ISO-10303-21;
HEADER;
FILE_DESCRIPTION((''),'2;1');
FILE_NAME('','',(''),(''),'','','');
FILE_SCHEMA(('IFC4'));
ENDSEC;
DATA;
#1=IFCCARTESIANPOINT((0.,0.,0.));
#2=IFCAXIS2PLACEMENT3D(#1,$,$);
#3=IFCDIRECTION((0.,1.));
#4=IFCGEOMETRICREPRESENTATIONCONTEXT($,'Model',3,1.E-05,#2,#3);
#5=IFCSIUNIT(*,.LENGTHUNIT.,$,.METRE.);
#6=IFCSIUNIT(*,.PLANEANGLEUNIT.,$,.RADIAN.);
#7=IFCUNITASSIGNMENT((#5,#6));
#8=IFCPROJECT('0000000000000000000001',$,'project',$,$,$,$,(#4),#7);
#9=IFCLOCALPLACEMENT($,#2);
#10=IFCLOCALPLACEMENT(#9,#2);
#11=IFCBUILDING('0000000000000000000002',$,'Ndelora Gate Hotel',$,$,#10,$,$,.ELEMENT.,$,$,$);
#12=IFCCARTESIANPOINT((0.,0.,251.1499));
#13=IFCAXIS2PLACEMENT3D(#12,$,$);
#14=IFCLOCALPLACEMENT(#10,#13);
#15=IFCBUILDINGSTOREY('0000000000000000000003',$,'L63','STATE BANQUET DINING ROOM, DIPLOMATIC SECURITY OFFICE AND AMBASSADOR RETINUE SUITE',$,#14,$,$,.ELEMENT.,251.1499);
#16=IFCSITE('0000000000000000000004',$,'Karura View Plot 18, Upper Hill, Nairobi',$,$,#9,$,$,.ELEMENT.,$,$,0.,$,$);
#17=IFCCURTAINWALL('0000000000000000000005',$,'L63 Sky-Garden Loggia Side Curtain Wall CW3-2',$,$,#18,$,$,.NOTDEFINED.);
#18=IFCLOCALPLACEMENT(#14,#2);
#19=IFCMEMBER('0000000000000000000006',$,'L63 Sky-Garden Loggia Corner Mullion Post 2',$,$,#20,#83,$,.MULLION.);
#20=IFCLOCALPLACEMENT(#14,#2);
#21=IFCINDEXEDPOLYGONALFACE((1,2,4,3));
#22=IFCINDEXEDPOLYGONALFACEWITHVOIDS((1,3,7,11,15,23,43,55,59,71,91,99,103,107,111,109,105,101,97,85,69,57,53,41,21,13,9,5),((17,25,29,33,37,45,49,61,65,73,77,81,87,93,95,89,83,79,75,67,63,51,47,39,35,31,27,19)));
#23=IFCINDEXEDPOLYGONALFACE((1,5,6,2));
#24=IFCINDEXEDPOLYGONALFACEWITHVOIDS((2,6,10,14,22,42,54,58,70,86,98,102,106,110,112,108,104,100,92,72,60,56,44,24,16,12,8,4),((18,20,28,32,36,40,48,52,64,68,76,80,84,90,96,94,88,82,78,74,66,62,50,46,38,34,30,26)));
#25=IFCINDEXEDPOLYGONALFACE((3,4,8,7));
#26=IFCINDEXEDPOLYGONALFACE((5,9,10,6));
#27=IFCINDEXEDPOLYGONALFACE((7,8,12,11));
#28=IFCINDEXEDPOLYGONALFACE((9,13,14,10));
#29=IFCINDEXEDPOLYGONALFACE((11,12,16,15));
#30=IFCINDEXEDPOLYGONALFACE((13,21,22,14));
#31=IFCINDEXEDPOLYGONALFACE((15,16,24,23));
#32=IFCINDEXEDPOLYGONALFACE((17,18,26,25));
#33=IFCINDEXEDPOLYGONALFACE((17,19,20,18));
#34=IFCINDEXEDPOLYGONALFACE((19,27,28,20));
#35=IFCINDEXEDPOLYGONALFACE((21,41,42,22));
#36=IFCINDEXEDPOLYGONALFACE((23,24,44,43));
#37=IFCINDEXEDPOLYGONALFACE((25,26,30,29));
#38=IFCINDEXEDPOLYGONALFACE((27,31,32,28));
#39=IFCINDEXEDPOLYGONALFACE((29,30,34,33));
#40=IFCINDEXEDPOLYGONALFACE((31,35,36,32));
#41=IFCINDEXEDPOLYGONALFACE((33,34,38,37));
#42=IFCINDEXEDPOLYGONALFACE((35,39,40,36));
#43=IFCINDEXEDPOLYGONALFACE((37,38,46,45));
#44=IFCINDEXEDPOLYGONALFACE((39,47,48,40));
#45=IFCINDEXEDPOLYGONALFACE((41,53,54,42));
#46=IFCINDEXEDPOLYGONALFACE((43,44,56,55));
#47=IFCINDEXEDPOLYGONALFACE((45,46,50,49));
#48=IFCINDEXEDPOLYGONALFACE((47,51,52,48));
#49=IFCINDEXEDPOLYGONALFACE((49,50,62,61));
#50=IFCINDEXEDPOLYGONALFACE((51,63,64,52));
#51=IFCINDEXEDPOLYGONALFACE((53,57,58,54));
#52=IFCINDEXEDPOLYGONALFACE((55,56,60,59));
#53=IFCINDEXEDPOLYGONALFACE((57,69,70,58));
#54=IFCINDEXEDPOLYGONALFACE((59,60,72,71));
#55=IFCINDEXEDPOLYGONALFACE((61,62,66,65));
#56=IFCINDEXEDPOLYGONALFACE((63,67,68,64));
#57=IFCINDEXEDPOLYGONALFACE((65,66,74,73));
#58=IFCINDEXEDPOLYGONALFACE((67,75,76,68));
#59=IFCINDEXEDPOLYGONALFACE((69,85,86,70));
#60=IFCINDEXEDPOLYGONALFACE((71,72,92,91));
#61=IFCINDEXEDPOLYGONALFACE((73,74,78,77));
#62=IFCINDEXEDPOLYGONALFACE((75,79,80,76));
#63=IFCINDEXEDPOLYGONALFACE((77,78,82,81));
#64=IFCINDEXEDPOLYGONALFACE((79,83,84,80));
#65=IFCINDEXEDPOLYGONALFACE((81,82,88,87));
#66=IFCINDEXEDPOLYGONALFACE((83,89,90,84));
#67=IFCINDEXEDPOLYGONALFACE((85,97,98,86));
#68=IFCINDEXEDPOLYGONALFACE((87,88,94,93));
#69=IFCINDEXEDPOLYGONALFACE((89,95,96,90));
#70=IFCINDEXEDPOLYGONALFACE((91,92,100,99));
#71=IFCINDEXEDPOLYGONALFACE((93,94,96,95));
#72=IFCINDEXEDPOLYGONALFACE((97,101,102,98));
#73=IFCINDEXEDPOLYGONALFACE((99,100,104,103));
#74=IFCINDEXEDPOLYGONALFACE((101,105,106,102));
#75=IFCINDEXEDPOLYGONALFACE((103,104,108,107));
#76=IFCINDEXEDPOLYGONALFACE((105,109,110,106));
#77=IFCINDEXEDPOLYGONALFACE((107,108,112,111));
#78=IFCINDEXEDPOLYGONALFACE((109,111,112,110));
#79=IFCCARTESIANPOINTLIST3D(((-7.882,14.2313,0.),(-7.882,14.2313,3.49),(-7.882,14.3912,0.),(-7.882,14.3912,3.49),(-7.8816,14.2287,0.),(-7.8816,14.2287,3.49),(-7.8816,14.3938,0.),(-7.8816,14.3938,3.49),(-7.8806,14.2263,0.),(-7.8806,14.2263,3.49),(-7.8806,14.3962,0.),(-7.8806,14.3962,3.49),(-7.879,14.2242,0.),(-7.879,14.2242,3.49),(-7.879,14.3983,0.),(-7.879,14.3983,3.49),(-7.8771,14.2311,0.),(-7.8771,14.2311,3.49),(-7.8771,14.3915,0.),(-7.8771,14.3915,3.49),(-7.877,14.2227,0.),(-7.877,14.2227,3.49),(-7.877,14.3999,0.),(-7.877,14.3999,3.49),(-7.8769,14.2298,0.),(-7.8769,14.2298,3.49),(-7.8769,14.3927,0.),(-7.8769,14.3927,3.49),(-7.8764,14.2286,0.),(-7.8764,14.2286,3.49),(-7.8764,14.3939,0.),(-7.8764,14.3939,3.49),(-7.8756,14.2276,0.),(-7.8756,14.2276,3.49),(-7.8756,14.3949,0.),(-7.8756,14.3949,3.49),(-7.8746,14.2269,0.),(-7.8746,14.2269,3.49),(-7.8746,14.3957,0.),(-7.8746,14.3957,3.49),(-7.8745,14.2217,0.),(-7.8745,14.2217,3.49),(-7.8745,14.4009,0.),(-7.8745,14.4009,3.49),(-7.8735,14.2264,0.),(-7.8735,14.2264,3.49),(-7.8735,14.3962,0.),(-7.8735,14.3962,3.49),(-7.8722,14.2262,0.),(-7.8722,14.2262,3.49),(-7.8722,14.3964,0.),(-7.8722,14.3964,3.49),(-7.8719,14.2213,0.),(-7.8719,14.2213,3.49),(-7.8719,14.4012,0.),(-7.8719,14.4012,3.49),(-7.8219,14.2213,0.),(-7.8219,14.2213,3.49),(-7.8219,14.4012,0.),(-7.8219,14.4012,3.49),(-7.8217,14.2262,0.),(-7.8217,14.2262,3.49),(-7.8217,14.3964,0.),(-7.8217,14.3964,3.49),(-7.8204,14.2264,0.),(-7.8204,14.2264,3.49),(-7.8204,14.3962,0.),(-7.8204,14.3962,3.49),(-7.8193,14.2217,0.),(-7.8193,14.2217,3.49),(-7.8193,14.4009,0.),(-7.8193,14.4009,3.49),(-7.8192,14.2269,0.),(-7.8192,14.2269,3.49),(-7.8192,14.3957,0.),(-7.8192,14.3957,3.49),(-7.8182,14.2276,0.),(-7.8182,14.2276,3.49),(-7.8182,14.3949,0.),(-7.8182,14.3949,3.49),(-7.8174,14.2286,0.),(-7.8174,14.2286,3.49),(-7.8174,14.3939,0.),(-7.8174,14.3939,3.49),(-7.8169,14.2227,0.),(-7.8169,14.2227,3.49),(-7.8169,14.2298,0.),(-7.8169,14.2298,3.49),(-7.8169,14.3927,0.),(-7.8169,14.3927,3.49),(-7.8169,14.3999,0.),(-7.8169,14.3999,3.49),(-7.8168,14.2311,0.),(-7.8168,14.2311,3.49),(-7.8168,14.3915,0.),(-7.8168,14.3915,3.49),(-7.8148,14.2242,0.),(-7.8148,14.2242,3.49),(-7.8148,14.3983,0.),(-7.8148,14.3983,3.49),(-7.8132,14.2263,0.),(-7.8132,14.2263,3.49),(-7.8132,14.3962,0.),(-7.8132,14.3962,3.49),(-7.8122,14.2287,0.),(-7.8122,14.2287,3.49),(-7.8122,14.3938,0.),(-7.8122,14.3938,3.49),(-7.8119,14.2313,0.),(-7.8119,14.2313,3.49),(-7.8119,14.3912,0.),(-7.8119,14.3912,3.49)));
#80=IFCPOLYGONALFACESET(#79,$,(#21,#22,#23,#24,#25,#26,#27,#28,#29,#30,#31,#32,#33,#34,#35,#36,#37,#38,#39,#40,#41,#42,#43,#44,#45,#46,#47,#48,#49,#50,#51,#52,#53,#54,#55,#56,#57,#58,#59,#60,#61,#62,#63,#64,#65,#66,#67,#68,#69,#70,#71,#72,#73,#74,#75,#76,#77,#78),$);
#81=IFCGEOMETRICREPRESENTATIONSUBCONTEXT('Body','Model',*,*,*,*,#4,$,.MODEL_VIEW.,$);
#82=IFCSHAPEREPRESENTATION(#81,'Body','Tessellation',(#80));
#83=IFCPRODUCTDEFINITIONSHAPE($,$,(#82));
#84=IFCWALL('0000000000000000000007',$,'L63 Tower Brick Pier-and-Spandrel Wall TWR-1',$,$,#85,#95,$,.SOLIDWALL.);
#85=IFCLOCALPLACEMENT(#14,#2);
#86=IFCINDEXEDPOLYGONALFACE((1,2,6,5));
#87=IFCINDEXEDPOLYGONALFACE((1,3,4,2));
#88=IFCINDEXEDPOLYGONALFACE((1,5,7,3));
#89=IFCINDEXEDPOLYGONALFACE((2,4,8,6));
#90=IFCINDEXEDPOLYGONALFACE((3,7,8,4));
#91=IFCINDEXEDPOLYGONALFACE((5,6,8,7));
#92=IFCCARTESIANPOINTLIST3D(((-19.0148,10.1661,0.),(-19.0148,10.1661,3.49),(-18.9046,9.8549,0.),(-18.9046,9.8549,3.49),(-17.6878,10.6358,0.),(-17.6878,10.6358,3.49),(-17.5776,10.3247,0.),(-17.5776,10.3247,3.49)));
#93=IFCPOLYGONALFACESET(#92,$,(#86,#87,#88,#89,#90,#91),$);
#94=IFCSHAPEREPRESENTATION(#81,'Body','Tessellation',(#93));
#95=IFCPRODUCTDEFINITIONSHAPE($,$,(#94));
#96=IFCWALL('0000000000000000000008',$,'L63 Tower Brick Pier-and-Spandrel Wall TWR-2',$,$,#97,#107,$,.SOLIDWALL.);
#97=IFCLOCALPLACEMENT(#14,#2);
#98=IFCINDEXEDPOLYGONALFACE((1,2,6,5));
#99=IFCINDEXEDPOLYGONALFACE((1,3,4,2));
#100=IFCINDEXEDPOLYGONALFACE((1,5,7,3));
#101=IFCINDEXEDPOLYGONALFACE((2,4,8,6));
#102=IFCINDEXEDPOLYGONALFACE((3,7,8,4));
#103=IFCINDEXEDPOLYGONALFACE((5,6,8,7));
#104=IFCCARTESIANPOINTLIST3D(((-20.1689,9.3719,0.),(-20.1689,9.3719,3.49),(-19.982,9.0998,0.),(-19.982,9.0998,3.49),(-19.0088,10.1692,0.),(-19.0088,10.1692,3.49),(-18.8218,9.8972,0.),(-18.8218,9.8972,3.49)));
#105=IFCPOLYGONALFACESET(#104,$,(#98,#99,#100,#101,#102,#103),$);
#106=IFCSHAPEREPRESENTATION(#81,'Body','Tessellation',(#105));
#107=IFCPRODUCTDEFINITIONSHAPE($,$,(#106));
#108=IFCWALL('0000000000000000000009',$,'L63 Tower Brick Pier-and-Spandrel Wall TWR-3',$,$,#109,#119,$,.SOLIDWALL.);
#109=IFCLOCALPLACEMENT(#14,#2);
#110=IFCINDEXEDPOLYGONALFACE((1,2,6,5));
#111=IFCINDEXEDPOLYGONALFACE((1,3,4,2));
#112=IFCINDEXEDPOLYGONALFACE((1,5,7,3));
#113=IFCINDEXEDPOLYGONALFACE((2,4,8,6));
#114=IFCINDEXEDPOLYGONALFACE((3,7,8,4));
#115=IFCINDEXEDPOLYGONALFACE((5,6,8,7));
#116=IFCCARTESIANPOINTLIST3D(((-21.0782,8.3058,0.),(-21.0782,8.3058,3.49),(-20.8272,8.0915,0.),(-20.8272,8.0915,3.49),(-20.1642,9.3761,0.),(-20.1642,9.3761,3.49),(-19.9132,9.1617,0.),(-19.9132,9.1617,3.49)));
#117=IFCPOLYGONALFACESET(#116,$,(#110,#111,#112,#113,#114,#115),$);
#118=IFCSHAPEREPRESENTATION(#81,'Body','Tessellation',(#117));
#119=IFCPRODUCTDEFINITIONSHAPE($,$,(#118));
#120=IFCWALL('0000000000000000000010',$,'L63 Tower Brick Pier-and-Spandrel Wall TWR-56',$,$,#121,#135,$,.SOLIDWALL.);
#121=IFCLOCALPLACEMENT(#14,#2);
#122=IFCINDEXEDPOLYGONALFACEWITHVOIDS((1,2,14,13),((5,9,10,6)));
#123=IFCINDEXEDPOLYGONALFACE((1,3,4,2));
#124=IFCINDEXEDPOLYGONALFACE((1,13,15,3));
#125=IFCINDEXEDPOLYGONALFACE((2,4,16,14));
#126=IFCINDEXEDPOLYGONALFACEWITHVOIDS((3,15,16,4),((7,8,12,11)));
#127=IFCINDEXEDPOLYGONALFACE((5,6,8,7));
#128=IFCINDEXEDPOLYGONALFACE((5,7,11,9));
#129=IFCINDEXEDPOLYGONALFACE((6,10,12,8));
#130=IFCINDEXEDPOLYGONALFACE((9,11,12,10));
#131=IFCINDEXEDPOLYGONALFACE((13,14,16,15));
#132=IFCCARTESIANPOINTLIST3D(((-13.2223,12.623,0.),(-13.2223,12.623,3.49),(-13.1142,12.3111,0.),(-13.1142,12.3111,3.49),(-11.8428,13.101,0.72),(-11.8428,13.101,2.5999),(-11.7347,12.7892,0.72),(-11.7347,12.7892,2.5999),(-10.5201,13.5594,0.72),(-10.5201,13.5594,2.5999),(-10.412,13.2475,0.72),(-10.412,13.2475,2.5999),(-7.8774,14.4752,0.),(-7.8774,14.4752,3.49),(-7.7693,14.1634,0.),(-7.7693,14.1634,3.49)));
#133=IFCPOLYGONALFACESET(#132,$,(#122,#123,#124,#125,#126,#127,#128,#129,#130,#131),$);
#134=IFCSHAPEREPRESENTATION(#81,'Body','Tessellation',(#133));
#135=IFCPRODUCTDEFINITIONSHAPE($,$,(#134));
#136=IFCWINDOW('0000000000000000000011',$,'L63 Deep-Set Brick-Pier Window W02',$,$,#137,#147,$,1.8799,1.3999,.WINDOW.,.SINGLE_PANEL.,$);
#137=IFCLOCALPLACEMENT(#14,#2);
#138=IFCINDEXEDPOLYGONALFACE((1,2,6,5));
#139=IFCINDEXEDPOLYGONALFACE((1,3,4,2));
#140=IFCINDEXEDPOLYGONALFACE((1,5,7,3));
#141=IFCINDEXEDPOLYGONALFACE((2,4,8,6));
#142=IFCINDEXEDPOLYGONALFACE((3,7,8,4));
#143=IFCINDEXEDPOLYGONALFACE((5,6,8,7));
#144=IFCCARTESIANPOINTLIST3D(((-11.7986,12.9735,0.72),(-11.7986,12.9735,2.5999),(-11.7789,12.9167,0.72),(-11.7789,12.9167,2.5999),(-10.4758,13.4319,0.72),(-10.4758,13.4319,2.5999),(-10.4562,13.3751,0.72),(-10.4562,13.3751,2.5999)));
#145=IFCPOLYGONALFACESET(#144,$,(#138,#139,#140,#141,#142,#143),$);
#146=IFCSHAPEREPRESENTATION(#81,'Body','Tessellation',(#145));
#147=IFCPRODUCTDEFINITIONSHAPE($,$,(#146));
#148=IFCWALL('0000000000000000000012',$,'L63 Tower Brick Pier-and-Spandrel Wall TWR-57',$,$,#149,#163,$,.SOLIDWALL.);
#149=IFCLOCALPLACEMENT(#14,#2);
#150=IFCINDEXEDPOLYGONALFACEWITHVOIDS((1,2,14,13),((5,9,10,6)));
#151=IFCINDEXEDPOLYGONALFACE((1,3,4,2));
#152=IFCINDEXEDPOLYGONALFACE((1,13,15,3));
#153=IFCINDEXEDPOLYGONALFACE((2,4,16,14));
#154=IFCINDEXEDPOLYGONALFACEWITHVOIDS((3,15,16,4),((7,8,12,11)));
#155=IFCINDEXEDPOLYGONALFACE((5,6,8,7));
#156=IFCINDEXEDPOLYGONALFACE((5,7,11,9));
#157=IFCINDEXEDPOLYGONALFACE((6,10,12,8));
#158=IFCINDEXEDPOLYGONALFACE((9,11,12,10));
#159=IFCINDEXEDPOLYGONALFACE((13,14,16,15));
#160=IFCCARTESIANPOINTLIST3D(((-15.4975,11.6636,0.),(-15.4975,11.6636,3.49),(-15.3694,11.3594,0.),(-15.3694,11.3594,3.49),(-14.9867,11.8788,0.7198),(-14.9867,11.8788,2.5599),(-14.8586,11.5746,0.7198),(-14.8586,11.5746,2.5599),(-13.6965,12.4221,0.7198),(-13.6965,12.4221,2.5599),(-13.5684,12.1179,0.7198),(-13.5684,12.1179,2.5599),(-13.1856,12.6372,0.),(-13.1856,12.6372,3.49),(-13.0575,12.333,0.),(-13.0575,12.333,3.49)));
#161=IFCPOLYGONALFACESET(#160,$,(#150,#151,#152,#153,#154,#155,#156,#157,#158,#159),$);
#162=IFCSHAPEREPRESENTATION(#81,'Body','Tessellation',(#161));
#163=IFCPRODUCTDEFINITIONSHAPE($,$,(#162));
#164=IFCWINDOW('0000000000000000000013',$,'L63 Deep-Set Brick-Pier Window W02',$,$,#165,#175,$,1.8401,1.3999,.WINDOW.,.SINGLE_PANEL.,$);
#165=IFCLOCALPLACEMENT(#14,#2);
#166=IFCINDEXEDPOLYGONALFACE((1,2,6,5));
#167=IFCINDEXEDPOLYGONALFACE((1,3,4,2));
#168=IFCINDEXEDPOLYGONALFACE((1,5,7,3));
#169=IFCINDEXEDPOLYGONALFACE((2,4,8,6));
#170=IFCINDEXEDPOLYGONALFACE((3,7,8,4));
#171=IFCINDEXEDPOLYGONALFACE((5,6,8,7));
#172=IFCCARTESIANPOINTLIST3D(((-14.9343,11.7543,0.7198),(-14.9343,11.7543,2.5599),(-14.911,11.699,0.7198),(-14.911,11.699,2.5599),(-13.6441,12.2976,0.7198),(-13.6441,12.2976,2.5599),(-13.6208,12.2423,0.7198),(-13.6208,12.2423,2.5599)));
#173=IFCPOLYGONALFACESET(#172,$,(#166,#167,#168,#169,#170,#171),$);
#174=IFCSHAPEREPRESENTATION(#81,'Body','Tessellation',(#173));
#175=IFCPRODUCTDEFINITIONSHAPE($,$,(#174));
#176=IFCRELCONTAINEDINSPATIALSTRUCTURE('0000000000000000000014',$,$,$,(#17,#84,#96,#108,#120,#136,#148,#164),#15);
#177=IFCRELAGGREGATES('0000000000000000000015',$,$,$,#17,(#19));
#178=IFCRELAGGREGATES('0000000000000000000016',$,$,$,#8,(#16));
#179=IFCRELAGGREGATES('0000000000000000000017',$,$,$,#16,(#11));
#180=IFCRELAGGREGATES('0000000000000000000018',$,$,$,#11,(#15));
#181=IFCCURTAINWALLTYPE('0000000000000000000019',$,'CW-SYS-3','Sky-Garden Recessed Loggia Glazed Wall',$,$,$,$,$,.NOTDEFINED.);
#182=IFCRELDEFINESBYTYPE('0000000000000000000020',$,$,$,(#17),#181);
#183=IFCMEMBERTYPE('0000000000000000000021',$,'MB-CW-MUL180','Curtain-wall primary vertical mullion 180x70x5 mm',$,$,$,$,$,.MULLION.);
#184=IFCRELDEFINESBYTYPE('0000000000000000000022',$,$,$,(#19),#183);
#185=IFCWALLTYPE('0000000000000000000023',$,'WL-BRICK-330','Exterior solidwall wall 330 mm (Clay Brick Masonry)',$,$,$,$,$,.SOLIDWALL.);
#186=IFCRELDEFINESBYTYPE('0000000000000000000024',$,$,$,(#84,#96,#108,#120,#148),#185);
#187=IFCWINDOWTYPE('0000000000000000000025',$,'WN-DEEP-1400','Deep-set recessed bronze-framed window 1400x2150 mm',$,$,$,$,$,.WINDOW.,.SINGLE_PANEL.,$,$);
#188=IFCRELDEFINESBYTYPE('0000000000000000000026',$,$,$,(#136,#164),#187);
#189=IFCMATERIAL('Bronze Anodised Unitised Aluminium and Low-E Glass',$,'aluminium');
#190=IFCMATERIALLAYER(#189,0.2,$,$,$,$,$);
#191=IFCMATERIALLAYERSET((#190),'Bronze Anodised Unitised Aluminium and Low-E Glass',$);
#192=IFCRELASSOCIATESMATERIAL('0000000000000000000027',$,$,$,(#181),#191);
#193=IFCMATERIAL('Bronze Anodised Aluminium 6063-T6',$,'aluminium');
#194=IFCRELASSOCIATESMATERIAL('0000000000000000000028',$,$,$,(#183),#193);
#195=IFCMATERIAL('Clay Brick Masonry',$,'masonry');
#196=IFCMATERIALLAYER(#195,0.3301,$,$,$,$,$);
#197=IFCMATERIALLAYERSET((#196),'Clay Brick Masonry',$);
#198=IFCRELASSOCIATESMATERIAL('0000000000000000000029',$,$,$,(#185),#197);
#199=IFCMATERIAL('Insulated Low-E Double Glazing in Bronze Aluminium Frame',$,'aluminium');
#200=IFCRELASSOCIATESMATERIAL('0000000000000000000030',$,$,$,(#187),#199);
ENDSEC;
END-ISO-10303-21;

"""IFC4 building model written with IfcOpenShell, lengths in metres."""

from ifc_helpers import new_model, si_unit, direction, frame, frame_2d, origin, origin_2d, place, context, subcontext, project, spatial, rectangle, hollow_rectangle, extrude, material, layer, layer_set, material_profile, profile_set, type_object, element, fill, aggregate, save


model = new_model("IFC4")

# Units and contexts
model_context = context("Model", 3, precision=1e-05, world=origin(), true_north=direction((0.0, 1.0)))
body_context = subcontext(model_context, "Body", "Model", "MODEL_VIEW")
ifc_project = project(units=[si_unit("LENGTHUNIT", "METRE"), si_unit("PLANEANGLEUNIT", "RADIAN")], contexts=[model_context])

# Site, building, storey
site_placement = place(None, origin())
site = spatial("IfcSite", under=ifc_project, at=site_placement, Name="Karura View Plot 18, Upper Hill, Nairobi", CompositionType="ELEMENT", RefElevation=0.0)
building_placement = place(site_placement, origin())
building = spatial("IfcBuilding", under=site, at=building_placement, Name="Ndelora Gate Hotel", CompositionType="ELEMENT")
storey_placement = place(building_placement, frame((0.0, 0.0, 251.1499)))
storey = spatial("IfcBuildingStorey", under=building, at=storey_placement, Name="L63", Description="STATE BANQUET DINING ROOM, DIPLOMATIC SECURITY OFFICE AND AMBASSADOR RETINUE SUITE", CompositionType="ELEMENT", Elevation=251.1499)

# Curtain wall, member
ifc_material_1 = material(Name="Bronze Anodised Unitised Aluminium and Low-E Glass", Category="aluminium")
ifc_layer_1 = layer(ifc_material_1, 0.2)
ifc_layer_set_1 = layer_set([ifc_layer_1], Name="Bronze Anodised Unitised Aluminium and Low-E Glass")
curtain_wall_type = type_object("IfcCurtainWallType", Name="CW-SYS-3", Description="Sky-Garden Recessed Loggia Glazed Wall", PredefinedType="NOTDEFINED", material=ifc_layer_set_1)
curtain_wall_placement = place(storey_placement, origin())
curtain_wall = element("IfcCurtainWall", 1, at=curtain_wall_placement, inside=storey, type_object=curtain_wall_type, Name="L63 Sky-Garden Loggia Side Curtain Wall CW3-2", PredefinedType="NOTDEFINED")
ifc_material_2 = material(Name="Bronze Anodised Aluminium 6063-T6", Category="aluminium")
ifc_material_profile_1 = material_profile(ifc_material_2, hollow_rectangle(XDim=0.0701, YDim=0.1799, WallThickness=0.0049, InnerFilletRadius=0.0049, OuterFilletRadius=0.01, at=origin_2d()), Name="ALU 180x70x5")
ifc_profile_set_1 = profile_set([ifc_material_profile_1], Name="Bronze Anodised Aluminium 6063-T6")
member_type_1 = type_object("IfcMemberType", Name="MB-CW-MUL180", Description="Curtain-wall primary vertical mullion 180x70x5 mm", PredefinedType="MULLION", material=ifc_profile_set_1)
member_1_placement = place(storey_placement, frame((-7.8469, 14.3113, 0.0), z_axis=(0.0, 0.0, 1.0), x_axis=(1.0, 0.0, 0.0)))
member_1 = element("IfcMember", 2, at=member_1_placement, type_object=member_type_1, Name="L63 Sky-Garden Loggia Corner Mullion Post 2", PredefinedType="MULLION", context=body_context, shape_type="SweptSolid", body=[
    extrude(hollow_rectangle(XDim=0.0701, YDim=0.1799, WallThickness=0.0049, InnerFilletRadius=0.0049, OuterFilletRadius=0.01, at=origin_2d()), origin(), (0.0, 0.0, 1.0), 3.49),
])
aggregate(curtain_wall, [member_1])

# Walls
ifc_material_3 = material(Name="Clay Brick Masonry", Category="masonry")
ifc_layer_2 = layer(ifc_material_3, 0.3301)
ifc_layer_set_2 = layer_set([ifc_layer_2], Name="Clay Brick Masonry")
wall_type_1 = type_object("IfcWallType", Name="WL-BRICK-330", Description="Exterior solidwall wall 330 mm (Clay Brick Masonry)", PredefinedType="SOLIDWALL", material=ifc_layer_set_2)
for number, where, z_axis, x_axis, name in (
    (3, (-18.9597, 10.0105, 0.0), (0.0, 0.0, 1.0), (0.942676, 0.333709, 0.0), "L63 Tower Brick Pier-and-Spandrel Wall TWR-1"),
    (4, (-20.0754, 9.2358, 0.0), (0.0, 0.0, 1.0), (0.824123, 0.566411, 0.0), "L63 Tower Brick Pier-and-Spandrel Wall TWR-2"),
):
    element("IfcWall", number, at=place(storey_placement, frame(where, z_axis=z_axis, x_axis=x_axis)), inside=storey, type_object=wall_type_1, Name=name, PredefinedType="SOLIDWALL", context=body_context, shape_type="SweptSolid", body=[
        extrude(rectangle(XDim=1.4077, YDim=0.3301, at=frame_2d((0.7039, 0.0))), origin(), (0.0, 0.0, 1.0), 3.49),
    ])
wall_1_placement = place(storey_placement, frame((-20.9526, 8.1987, 0.0), z_axis=(0.0, 0.0, 1.0), x_axis=(0.649419, 0.760431, 0.0)))
element("IfcWall", 5, at=wall_1_placement, inside=storey, type_object=wall_type_1, Name="L63 Tower Brick Pier-and-Spandrel Wall TWR-3", PredefinedType="SOLIDWALL", context=body_context, shape_type="SweptSolid", body=[
    extrude(rectangle(XDim=1.4075, YDim=0.3301, at=frame_2d((0.7036, 0.0))), origin(), (0.0, 0.0, 1.0), 3.49),
])

# Walls, openings, windows
wall_2_placement = place(storey_placement, frame((-13.1682, 12.467, 0.0), z_axis=(0.0, 0.0, 1.0), x_axis=(0.944871, 0.327444, 0.0)))
wall_2 = element("IfcWall", 6, at=wall_2_placement, inside=storey, type_object=wall_type_1, Name="L63 Tower Brick Pier-and-Spandrel Wall TWR-56", PredefinedType="SOLIDWALL", context=body_context, shape_type="SweptSolid", body=[
    extrude(rectangle(XDim=5.6567, YDim=0.3301, at=frame_2d((2.8284, 0.0))), origin(), (0.0, 0.0, 1.0), 3.49),
])
opening_1_placement = place(wall_2_placement, frame((1.46, 0.0, 0.72)))
opening_1 = element("IfcOpeningElement", 7, at=opening_1_placement, cuts=wall_2, PredefinedType="OPENING", context=body_context, shape_type="SweptSolid", body=[
    extrude(rectangle(XDim=1.3999, YDim=1.8799, at=frame_2d((0.7, 0.9399))), frame((0.0, 0.175, 0.0), z_axis=(0.0, -1.0, 0.0), x_axis=(1.0, 0.0, 0.0)), (0.0, 0.0, 1.0), 0.3501),
])
ifc_material_4 = material(Name="Insulated Low-E Double Glazing in Bronze Aluminium Frame", Category="aluminium")
window_type = type_object("IfcWindowType", Name="WN-DEEP-1400", Description="Deep-set recessed bronze-framed window 1400x2150 mm", PartitioningType="SINGLE_PANEL", PredefinedType="WINDOW", material=ifc_material_4)
window_1_placement = place(opening_1_placement, origin())
window_1 = element("IfcWindow", 8, at=window_1_placement, inside=storey, type_object=window_type, Name="L63 Deep-Set Brick-Pier Window W02", OverallHeight=1.8799, OverallWidth=1.3999, PartitioningType="SINGLE_PANEL", PredefinedType="WINDOW", context=body_context, shape_type="SweptSolid", body=[
    extrude(rectangle(XDim=1.3999, YDim=1.8799, at=frame_2d((0.7, 0.9399))), frame((0.0, 0.03, 0.0), z_axis=(0.0, -1.0, 0.0), x_axis=(1.0, 0.0, 0.0)), (0.0, 0.0, 1.0), 0.0601),
])
fill(opening_1, window_1)
wall_3_placement = place(storey_placement, frame((-15.4336, 11.5115, 0.0), z_axis=(0.0, 0.0, 1.0), x_axis=(0.921613, 0.388109, 0.0)))
wall_3 = element("IfcWall", 9, at=wall_3_placement, inside=storey, type_object=wall_type_1, Name="L63 Tower Brick Pier-and-Spandrel Wall TWR-57", PredefinedType="SOLIDWALL", context=body_context, shape_type="SweptSolid", body=[
    extrude(rectangle(XDim=2.5085, YDim=0.3301, at=frame_2d((1.2544, 0.0))), origin(), (0.0, 0.0, 1.0), 3.49),
])
opening_2_placement = place(wall_3_placement, frame((0.5544, 0.0, 0.72)))
opening_2 = element("IfcOpeningElement", 10, at=opening_2_placement, cuts=wall_3, PredefinedType="OPENING", context=body_context, shape_type="SweptSolid", body=[
    extrude(rectangle(XDim=1.3999, YDim=1.8401, at=frame_2d((0.7, 0.9199))), frame((0.0, 0.175, 0.0), z_axis=(0.0, -1.0, 0.0), x_axis=(1.0, 0.0, 0.0)), (0.0, 0.0, 1.0), 0.3501),
])
window_2_placement = place(opening_2_placement, origin())
window_2 = element("IfcWindow", 11, at=window_2_placement, inside=storey, type_object=window_type, Name="L63 Deep-Set Brick-Pier Window W02", OverallHeight=1.8401, OverallWidth=1.3999, PartitioningType="SINGLE_PANEL", PredefinedType="WINDOW", context=body_context, shape_type="SweptSolid", body=[
    extrude(rectangle(XDim=1.3999, YDim=1.8401, at=frame_2d((0.7, 0.9199))), frame((0.0, 0.03, 0.0), z_axis=(0.0, -1.0, 0.0), x_axis=(1.0, 0.0, 0.0)), (0.0, 0.0, 1.0), 0.0601),
])
fill(opening_2, window_2)

save(model, "model.ifc")
